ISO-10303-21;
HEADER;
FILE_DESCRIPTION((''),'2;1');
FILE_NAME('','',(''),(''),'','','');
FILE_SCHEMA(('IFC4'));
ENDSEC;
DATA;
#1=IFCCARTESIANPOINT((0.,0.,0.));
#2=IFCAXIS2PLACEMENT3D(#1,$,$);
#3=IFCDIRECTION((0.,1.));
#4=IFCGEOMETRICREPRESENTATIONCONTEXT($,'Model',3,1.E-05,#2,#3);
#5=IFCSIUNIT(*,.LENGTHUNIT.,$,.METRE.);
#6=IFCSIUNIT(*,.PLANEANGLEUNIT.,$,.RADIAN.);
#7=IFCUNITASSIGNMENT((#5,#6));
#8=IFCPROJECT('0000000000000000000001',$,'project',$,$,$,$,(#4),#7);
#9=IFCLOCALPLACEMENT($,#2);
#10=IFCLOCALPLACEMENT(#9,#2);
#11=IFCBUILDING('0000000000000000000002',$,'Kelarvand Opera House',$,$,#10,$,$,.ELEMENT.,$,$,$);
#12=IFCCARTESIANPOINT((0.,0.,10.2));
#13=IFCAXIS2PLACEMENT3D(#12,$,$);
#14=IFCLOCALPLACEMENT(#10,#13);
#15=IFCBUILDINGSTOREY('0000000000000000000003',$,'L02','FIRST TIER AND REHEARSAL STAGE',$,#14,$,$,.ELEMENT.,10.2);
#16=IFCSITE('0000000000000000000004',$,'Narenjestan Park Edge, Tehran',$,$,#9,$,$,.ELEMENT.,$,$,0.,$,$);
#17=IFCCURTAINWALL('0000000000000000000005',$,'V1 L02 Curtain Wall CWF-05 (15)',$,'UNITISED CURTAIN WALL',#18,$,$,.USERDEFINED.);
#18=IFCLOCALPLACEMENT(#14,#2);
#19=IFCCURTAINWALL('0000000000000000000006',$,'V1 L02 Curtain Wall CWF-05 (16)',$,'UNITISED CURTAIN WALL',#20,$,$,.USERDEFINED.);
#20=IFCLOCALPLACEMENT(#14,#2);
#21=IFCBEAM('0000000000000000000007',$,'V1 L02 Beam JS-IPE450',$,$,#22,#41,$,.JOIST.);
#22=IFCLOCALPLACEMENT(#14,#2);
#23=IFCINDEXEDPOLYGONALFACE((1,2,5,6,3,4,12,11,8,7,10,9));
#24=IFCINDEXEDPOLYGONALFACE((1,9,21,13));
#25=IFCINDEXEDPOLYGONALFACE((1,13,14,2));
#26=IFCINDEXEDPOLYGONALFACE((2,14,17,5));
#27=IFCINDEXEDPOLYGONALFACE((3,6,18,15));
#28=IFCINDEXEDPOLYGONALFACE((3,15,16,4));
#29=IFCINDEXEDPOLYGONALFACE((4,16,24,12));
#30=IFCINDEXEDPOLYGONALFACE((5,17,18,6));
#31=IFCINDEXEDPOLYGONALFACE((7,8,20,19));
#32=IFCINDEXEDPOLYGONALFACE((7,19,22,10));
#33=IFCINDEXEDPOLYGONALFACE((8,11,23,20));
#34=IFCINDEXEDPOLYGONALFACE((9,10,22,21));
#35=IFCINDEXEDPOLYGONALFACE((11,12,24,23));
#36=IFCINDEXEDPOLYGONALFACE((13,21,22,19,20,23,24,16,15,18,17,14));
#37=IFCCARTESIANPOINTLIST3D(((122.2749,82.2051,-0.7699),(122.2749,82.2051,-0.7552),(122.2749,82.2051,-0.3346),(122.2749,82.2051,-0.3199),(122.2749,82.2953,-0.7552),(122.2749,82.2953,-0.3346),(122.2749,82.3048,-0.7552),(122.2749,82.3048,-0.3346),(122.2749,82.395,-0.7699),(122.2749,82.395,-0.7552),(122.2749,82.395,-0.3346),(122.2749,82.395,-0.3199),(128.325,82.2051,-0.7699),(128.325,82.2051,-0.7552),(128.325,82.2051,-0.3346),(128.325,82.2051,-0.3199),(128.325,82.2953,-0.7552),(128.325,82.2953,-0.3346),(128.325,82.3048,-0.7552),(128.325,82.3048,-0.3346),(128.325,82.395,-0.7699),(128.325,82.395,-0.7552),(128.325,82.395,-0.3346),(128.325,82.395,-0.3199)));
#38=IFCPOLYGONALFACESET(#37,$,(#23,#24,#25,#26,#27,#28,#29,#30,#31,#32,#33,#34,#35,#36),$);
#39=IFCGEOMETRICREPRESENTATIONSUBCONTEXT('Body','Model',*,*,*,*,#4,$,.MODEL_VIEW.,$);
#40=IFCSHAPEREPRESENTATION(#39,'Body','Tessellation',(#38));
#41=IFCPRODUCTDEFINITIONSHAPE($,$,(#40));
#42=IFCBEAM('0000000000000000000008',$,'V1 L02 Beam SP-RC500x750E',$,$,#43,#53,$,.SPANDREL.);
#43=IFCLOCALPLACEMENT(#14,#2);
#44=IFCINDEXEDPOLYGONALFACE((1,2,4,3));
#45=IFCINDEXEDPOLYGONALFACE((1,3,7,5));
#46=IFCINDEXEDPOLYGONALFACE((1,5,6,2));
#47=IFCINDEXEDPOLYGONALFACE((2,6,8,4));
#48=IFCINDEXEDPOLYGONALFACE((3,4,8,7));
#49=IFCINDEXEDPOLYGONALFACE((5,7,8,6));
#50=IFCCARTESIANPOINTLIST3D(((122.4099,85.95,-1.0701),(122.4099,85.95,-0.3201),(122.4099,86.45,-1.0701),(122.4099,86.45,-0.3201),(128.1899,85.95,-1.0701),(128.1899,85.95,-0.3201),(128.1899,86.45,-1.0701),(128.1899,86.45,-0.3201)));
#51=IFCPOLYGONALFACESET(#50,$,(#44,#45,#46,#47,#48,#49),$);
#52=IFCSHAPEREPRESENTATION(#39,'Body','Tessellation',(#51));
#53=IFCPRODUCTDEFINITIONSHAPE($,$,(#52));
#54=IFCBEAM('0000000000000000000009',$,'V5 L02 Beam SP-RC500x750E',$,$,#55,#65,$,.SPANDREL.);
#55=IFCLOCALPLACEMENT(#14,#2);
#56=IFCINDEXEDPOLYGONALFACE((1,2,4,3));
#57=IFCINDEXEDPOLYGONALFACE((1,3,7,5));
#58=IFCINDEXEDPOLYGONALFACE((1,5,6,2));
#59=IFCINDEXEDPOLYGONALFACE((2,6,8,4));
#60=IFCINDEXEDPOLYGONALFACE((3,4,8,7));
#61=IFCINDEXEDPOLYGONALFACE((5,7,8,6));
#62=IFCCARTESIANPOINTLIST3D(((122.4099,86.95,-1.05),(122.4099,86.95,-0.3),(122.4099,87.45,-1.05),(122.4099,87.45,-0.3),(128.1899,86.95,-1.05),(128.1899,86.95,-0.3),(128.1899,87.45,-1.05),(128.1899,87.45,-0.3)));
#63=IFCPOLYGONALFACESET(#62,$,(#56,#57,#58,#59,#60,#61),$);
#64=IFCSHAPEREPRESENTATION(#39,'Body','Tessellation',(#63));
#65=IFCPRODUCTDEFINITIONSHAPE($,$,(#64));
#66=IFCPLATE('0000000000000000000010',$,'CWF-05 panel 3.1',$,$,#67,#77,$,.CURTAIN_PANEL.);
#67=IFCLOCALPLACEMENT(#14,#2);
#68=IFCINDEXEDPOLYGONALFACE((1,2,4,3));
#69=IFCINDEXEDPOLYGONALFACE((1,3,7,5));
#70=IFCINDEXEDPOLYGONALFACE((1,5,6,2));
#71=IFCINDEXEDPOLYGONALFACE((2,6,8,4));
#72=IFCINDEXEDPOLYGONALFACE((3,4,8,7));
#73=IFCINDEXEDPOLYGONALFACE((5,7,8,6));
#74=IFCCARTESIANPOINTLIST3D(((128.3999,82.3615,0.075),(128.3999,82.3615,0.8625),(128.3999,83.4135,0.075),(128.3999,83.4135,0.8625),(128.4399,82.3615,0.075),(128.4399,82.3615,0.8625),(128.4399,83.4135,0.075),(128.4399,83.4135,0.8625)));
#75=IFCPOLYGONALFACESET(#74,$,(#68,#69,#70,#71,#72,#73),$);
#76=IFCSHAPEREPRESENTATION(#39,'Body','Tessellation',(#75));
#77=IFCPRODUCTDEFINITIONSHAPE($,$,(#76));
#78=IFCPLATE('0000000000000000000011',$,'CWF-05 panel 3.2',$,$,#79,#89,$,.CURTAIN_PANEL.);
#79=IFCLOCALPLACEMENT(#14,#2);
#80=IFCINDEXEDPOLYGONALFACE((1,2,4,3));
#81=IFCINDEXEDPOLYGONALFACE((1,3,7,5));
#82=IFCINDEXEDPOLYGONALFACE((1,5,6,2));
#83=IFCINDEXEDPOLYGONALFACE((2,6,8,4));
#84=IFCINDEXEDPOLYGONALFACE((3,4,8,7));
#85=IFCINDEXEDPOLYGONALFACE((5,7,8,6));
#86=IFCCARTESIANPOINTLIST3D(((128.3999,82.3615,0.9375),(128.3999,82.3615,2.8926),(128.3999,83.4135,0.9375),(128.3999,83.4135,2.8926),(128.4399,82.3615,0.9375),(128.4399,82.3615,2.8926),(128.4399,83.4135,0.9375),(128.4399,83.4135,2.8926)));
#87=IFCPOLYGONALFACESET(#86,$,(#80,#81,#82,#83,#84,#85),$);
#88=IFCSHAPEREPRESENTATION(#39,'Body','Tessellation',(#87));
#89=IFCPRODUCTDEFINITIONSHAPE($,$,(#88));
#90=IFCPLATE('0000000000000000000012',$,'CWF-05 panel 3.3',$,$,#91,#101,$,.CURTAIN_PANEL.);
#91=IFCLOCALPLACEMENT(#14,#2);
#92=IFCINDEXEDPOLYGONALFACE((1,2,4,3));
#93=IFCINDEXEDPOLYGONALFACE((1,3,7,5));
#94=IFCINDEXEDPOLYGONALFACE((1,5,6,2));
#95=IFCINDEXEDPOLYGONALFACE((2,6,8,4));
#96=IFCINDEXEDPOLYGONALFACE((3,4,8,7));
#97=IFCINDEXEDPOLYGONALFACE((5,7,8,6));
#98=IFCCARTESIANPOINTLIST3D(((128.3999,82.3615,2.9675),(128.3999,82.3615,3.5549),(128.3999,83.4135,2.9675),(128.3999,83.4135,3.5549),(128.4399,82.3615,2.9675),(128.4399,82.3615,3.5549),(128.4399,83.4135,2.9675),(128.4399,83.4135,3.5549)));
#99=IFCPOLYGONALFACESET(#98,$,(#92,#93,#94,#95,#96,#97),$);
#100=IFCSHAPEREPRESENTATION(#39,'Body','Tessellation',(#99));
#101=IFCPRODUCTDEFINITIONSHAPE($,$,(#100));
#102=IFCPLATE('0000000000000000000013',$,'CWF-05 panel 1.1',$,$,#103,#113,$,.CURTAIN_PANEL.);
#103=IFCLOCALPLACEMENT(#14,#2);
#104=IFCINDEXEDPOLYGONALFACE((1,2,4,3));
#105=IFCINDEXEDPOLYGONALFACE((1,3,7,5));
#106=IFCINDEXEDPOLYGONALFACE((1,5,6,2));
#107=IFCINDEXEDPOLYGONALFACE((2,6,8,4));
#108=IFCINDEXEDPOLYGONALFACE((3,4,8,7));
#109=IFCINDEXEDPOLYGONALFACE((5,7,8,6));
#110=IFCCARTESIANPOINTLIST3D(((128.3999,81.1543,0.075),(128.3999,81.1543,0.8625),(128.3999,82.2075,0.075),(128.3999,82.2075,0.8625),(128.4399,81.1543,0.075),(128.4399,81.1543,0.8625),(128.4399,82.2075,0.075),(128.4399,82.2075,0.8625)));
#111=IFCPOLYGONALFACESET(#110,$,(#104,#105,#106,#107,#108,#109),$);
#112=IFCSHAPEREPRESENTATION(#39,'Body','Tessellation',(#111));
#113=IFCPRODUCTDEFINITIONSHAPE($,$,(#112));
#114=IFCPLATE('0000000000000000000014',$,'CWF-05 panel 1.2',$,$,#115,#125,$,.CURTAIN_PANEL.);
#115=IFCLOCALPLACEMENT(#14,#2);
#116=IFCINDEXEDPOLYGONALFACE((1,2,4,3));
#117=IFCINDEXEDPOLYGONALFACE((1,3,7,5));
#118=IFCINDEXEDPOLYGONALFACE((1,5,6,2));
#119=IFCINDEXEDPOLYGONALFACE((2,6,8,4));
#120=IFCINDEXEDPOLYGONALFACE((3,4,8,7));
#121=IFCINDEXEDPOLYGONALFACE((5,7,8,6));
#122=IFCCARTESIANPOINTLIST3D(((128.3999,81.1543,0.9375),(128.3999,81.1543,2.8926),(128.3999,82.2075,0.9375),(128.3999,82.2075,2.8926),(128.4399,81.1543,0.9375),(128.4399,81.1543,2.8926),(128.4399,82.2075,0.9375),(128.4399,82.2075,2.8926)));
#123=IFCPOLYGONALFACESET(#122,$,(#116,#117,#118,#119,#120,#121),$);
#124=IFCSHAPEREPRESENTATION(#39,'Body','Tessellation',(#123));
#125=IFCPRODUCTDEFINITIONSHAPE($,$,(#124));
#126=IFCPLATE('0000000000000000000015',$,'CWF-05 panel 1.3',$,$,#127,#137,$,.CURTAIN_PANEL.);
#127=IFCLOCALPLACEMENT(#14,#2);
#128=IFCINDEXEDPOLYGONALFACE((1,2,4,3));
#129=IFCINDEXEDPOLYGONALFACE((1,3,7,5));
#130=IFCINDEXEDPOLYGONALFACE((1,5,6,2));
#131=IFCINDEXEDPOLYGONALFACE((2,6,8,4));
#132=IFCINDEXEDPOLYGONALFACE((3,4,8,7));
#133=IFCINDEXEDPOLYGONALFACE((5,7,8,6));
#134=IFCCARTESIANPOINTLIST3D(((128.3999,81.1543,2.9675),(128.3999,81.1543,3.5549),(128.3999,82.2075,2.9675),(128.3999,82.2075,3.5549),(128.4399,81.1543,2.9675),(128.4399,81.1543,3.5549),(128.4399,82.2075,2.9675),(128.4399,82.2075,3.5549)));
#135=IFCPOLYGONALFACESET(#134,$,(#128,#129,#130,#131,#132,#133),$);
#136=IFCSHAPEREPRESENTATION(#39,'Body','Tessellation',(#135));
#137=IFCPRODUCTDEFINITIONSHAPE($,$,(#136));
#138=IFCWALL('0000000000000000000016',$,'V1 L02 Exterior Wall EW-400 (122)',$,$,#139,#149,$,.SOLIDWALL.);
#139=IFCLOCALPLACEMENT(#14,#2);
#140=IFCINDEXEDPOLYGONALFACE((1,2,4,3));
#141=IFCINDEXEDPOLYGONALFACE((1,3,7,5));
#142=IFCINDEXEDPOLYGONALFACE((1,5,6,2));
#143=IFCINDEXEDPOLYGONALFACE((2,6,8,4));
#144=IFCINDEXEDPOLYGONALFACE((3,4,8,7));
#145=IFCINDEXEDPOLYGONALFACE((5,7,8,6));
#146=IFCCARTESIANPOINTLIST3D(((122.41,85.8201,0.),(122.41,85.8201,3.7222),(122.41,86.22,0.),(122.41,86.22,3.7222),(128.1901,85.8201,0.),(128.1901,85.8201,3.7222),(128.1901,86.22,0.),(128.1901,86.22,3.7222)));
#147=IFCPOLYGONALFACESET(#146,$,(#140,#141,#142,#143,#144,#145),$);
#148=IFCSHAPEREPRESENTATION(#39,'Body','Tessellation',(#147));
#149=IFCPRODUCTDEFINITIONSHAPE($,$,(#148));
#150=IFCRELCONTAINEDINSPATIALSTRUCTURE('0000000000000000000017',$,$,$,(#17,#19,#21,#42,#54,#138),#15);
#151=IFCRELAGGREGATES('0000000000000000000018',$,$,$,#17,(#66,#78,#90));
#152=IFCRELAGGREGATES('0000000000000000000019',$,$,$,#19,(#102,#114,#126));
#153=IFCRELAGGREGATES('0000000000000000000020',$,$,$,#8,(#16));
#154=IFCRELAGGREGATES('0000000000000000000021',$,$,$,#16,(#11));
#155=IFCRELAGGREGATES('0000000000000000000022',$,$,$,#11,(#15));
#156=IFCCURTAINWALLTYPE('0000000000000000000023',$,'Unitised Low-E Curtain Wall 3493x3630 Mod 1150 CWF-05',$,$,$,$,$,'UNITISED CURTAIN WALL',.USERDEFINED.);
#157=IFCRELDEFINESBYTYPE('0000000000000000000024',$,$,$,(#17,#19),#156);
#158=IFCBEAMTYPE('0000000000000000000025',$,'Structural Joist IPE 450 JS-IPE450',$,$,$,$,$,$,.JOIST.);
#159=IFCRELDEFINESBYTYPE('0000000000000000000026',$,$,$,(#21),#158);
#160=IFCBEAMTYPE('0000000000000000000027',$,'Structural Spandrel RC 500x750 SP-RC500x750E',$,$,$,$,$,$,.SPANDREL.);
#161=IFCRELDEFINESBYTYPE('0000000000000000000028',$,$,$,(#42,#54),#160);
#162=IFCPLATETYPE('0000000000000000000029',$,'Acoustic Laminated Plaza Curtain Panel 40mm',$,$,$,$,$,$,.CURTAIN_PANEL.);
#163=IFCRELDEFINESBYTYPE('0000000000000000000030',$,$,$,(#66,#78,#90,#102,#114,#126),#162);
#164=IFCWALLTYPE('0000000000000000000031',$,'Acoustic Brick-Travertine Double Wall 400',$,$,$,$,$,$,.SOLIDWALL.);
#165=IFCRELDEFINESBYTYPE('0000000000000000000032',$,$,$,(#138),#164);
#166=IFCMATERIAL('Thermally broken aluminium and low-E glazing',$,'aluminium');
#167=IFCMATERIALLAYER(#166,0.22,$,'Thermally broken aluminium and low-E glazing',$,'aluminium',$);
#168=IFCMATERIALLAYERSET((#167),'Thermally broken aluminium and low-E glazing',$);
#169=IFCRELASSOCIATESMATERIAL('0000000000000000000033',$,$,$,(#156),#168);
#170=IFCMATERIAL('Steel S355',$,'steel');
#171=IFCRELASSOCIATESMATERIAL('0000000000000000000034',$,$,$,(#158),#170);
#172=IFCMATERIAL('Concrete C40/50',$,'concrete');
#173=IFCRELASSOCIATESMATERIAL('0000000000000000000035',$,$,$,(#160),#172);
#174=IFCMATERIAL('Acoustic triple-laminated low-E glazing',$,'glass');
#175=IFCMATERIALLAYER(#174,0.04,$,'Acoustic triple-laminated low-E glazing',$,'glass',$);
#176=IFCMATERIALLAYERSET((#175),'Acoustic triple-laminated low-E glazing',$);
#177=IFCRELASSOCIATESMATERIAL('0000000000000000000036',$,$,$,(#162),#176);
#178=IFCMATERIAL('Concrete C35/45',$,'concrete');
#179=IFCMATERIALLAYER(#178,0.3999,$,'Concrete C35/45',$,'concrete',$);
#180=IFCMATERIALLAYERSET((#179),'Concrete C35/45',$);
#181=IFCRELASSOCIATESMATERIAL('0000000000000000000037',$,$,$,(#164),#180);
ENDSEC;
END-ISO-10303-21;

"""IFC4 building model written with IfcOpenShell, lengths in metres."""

from ifc_helpers import new_model, si_unit, direction, frame, frame_2d, origin, origin_2d, place, context, subcontext, project, spatial, rectangle, i_section, extrude, material, layer, layer_set, material_profile, profile_set, type_object, element, aggregate, save


model = new_model("IFC4")

# Units and contexts
model_context = context("Model", 3, precision=1e-05, world=origin(), true_north=direction((0.0, 1.0)))
body_context = subcontext(model_context, "Body", "Model", "MODEL_VIEW")
ifc_project = project(units=[si_unit("LENGTHUNIT", "METRE"), si_unit("PLANEANGLEUNIT", "RADIAN")], contexts=[model_context])

# Site, building, storey
site_placement = place(None, origin())
site = spatial("IfcSite", under=ifc_project, at=site_placement, Name="Narenjestan Park Edge, Tehran", CompositionType="ELEMENT", RefElevation=0.0)
building_placement = place(site_placement, origin())
building = spatial("IfcBuilding", under=site, at=building_placement, Name="Kelarvand Opera House", CompositionType="ELEMENT")
storey_placement = place(building_placement, frame((0.0, 0.0, 10.2)))
storey = spatial("IfcBuildingStorey", under=building, at=storey_placement, Name="L02", Description="FIRST TIER AND REHEARSAL STAGE", CompositionType="ELEMENT", Elevation=10.2)

# Shared definitions
ifc_material_1 = material(Name="Concrete C40/50", Category="concrete")

# Curtain wall
ifc_material_2 = material(Name="Thermally broken aluminium and low-E glazing", Category="aluminium")
ifc_layer_1 = layer(ifc_material_2, 0.22, Name="Thermally broken aluminium and low-E glazing", Category="aluminium")
ifc_layer_set_1 = layer_set([ifc_layer_1], Name="Thermally broken aluminium and low-E glazing")
curtain_wall_type = type_object("IfcCurtainWallType", Name="Unitised Low-E Curtain Wall 3493x3630 Mod 1150 CWF-05", ElementType="UNITISED CURTAIN WALL", PredefinedType="USERDEFINED", material=ifc_layer_set_1)
curtain_wall_1_placement = place(storey_placement, origin())
curtain_wall_1 = element("IfcCurtainWall", 1, at=curtain_wall_1_placement, inside=storey, type_object=curtain_wall_type, Name="V1 L02 Curtain Wall CWF-05 (15)", ObjectType="UNITISED CURTAIN WALL", PredefinedType="USERDEFINED")

# Curtain wall
curtain_wall_2_placement = place(storey_placement, origin())
curtain_wall_2 = element("IfcCurtainWall", 2, at=curtain_wall_2_placement, inside=storey, type_object=curtain_wall_type, Name="V1 L02 Curtain Wall CWF-05 (16)", ObjectType="UNITISED CURTAIN WALL", PredefinedType="USERDEFINED")

# Beams
ifc_material_3 = material(Name="Steel S355", Category="steel")
ifc_material_profile_1 = material_profile(ifc_material_3, i_section(OverallWidth=0.1899, OverallDepth=0.45, WebThickness=0.0095, FlangeThickness=0.0146, at=origin_2d()), Name="IPE 450", Category="steel")
ifc_profile_set_1 = profile_set([ifc_material_profile_1], Name="Steel S355")
beam_type_1 = type_object("IfcBeamType", Name="Structural Joist IPE 450 JS-IPE450", PredefinedType="JOIST", material=ifc_profile_set_1)
beam_placement = place(storey_placement, frame((122.2749, 82.3, -0.5449), z_axis=(1.0, 0.0, 0.0), x_axis=(0.0, 1.0, 0.0)))
element("IfcBeam", 3, at=beam_placement, inside=storey, type_object=beam_type_1, Name="V1 L02 Beam JS-IPE450", PredefinedType="JOIST", context=body_context, shape_type="SweptSolid", body=[
    extrude(i_section(OverallWidth=0.1899, OverallDepth=0.45, WebThickness=0.0095, FlangeThickness=0.0146, at=origin_2d()), origin(), (0.0, 0.0, 1.0), 6.05),
])
ifc_material_profile_2 = material_profile(ifc_material_1, rectangle(XDim=0.5, YDim=0.75, at=origin_2d()), Name="RC 500x750", Category="concrete")
ifc_profile_set_2 = profile_set([ifc_material_profile_2], Name="Concrete C40/50")
beam_type_2 = type_object("IfcBeamType", Name="Structural Spandrel RC 500x750 SP-RC500x750E", PredefinedType="SPANDREL", material=ifc_profile_set_2)
for number, where, z_axis, x_axis, name in (
    (4, (122.4099, 86.2, -0.6951), (1.0, 0.0, 0.0), (0.0, 1.0, 0.0), "V1 L02 Beam SP-RC500x750E"),
    (5, (122.4099, 87.2, -0.675), (1.0, 0.0, 0.0), (0.0, 1.0, 0.0), "V5 L02 Beam SP-RC500x750E"),
):
    element("IfcBeam", number, at=place(storey_placement, frame(where, z_axis=z_axis, x_axis=x_axis)), inside=storey, type_object=beam_type_2, Name=name, PredefinedType="SPANDREL", context=body_context, shape_type="SweptSolid", body=[
        extrude(rectangle(XDim=0.5, YDim=0.75, at=origin_2d()), origin(), (0.0, 0.0, 1.0), 5.78),
    ])

# Plates
ifc_material_4 = material(Name="Acoustic triple-laminated low-E glazing", Category="glass")
ifc_layer_2 = layer(ifc_material_4, 0.04, Name="Acoustic triple-laminated low-E glazing", Category="glass")
ifc_layer_set_2 = layer_set([ifc_layer_2], Name="Acoustic triple-laminated low-E glazing")
plate_type = type_object("IfcPlateType", Name="Acoustic Laminated Plaza Curtain Panel 40mm", PredefinedType="CURTAIN_PANEL", material=ifc_layer_set_2)
plate_1_placement = place(storey_placement, frame((128.4199, 82.8875, 0.075), z_axis=(0.0, 0.0, 1.0), x_axis=(0.0, -1.0, 0.0)))
plate_1 = element("IfcPlate", 6, at=plate_1_placement, type_object=plate_type, Name="CWF-05 panel 3.1", PredefinedType="CURTAIN_PANEL", context=body_context, shape_type="SweptSolid", body=[
    extrude(rectangle(XDim=1.052, YDim=0.04, at=origin_2d()), origin(), (0.0, 0.0, 1.0), 0.7876),
])
plate_2_placement = place(storey_placement, frame((128.4199, 82.8875, 0.9375), z_axis=(0.0, 0.0, 1.0), x_axis=(0.0, -1.0, 0.0)))
plate_2 = element("IfcPlate", 7, at=plate_2_placement, type_object=plate_type, Name="CWF-05 panel 3.2", PredefinedType="CURTAIN_PANEL", context=body_context, shape_type="SweptSolid", body=[
    extrude(rectangle(XDim=1.052, YDim=0.04, at=origin_2d()), origin(), (0.0, 0.0, 1.0), 1.9551),
])
plate_3_placement = place(storey_placement, frame((128.4199, 82.8875, 2.9675), z_axis=(0.0, 0.0, 1.0), x_axis=(0.0, -1.0, 0.0)))
plate_3 = element("IfcPlate", 8, at=plate_3_placement, type_object=plate_type, Name="CWF-05 panel 3.3", PredefinedType="CURTAIN_PANEL", context=body_context, shape_type="SweptSolid", body=[
    extrude(rectangle(XDim=1.052, YDim=0.04, at=origin_2d()), origin(), (0.0, 0.0, 1.0), 0.5874),
])
aggregate(curtain_wall_1, [plate_1, plate_2, plate_3])
plate_4_placement = place(storey_placement, frame((128.4199, 81.6809, 0.075), z_axis=(0.0, 0.0, 1.0), x_axis=(0.0, -1.0, 0.0)))
plate_4 = element("IfcPlate", 9, at=plate_4_placement, type_object=plate_type, Name="CWF-05 panel 1.1", PredefinedType="CURTAIN_PANEL", context=body_context, shape_type="SweptSolid", body=[
    extrude(rectangle(XDim=1.0532, YDim=0.04, at=origin_2d()), origin(), (0.0, 0.0, 1.0), 0.7876),
])
plate_5_placement = place(storey_placement, frame((128.4199, 81.6809, 0.9375), z_axis=(0.0, 0.0, 1.0), x_axis=(0.0, -1.0, 0.0)))
plate_5 = element("IfcPlate", 10, at=plate_5_placement, type_object=plate_type, Name="CWF-05 panel 1.2", PredefinedType="CURTAIN_PANEL", context=body_context, shape_type="SweptSolid", body=[
    extrude(rectangle(XDim=1.0532, YDim=0.04, at=origin_2d()), origin(), (0.0, 0.0, 1.0), 1.9551),
])
plate_6_placement = place(storey_placement, frame((128.4199, 81.6809, 2.9675), z_axis=(0.0, 0.0, 1.0), x_axis=(0.0, -1.0, 0.0)))
plate_6 = element("IfcPlate", 11, at=plate_6_placement, type_object=plate_type, Name="CWF-05 panel 1.3", PredefinedType="CURTAIN_PANEL", context=body_context, shape_type="SweptSolid", body=[
    extrude(rectangle(XDim=1.0532, YDim=0.04, at=origin_2d()), origin(), (0.0, 0.0, 1.0), 0.5874),
])
aggregate(curtain_wall_2, [plate_4, plate_5, plate_6])

# Wall
ifc_material_5 = material(Name="Concrete C35/45", Category="concrete")
ifc_layer_3 = layer(ifc_material_5, 0.3999, Name="Concrete C35/45", Category="concrete")
ifc_layer_set_3 = layer_set([ifc_layer_3], Name="Concrete C35/45")
wall_type = type_object("IfcWallType", Name="Acoustic Brick-Travertine Double Wall 400", PredefinedType="SOLIDWALL", material=ifc_layer_set_3)
wall_placement = place(storey_placement, frame((122.4099, 86.02, 0.0), z_axis=(0.0, 0.0, 1.0), x_axis=(1.0, 0.0, 0.0)))
element("IfcWall", 12, at=wall_placement, inside=storey, type_object=wall_type, Name="V1 L02 Exterior Wall EW-400 (122)", PredefinedType="SOLIDWALL", context=body_context, shape_type="SweptSolid", body=[
    extrude(rectangle(XDim=5.78, YDim=0.3999, at=frame_2d((2.8901, 0.0))), origin(), (0.0, 0.0, 1.0), 3.7222),
])

save(model, "model.ifc")
